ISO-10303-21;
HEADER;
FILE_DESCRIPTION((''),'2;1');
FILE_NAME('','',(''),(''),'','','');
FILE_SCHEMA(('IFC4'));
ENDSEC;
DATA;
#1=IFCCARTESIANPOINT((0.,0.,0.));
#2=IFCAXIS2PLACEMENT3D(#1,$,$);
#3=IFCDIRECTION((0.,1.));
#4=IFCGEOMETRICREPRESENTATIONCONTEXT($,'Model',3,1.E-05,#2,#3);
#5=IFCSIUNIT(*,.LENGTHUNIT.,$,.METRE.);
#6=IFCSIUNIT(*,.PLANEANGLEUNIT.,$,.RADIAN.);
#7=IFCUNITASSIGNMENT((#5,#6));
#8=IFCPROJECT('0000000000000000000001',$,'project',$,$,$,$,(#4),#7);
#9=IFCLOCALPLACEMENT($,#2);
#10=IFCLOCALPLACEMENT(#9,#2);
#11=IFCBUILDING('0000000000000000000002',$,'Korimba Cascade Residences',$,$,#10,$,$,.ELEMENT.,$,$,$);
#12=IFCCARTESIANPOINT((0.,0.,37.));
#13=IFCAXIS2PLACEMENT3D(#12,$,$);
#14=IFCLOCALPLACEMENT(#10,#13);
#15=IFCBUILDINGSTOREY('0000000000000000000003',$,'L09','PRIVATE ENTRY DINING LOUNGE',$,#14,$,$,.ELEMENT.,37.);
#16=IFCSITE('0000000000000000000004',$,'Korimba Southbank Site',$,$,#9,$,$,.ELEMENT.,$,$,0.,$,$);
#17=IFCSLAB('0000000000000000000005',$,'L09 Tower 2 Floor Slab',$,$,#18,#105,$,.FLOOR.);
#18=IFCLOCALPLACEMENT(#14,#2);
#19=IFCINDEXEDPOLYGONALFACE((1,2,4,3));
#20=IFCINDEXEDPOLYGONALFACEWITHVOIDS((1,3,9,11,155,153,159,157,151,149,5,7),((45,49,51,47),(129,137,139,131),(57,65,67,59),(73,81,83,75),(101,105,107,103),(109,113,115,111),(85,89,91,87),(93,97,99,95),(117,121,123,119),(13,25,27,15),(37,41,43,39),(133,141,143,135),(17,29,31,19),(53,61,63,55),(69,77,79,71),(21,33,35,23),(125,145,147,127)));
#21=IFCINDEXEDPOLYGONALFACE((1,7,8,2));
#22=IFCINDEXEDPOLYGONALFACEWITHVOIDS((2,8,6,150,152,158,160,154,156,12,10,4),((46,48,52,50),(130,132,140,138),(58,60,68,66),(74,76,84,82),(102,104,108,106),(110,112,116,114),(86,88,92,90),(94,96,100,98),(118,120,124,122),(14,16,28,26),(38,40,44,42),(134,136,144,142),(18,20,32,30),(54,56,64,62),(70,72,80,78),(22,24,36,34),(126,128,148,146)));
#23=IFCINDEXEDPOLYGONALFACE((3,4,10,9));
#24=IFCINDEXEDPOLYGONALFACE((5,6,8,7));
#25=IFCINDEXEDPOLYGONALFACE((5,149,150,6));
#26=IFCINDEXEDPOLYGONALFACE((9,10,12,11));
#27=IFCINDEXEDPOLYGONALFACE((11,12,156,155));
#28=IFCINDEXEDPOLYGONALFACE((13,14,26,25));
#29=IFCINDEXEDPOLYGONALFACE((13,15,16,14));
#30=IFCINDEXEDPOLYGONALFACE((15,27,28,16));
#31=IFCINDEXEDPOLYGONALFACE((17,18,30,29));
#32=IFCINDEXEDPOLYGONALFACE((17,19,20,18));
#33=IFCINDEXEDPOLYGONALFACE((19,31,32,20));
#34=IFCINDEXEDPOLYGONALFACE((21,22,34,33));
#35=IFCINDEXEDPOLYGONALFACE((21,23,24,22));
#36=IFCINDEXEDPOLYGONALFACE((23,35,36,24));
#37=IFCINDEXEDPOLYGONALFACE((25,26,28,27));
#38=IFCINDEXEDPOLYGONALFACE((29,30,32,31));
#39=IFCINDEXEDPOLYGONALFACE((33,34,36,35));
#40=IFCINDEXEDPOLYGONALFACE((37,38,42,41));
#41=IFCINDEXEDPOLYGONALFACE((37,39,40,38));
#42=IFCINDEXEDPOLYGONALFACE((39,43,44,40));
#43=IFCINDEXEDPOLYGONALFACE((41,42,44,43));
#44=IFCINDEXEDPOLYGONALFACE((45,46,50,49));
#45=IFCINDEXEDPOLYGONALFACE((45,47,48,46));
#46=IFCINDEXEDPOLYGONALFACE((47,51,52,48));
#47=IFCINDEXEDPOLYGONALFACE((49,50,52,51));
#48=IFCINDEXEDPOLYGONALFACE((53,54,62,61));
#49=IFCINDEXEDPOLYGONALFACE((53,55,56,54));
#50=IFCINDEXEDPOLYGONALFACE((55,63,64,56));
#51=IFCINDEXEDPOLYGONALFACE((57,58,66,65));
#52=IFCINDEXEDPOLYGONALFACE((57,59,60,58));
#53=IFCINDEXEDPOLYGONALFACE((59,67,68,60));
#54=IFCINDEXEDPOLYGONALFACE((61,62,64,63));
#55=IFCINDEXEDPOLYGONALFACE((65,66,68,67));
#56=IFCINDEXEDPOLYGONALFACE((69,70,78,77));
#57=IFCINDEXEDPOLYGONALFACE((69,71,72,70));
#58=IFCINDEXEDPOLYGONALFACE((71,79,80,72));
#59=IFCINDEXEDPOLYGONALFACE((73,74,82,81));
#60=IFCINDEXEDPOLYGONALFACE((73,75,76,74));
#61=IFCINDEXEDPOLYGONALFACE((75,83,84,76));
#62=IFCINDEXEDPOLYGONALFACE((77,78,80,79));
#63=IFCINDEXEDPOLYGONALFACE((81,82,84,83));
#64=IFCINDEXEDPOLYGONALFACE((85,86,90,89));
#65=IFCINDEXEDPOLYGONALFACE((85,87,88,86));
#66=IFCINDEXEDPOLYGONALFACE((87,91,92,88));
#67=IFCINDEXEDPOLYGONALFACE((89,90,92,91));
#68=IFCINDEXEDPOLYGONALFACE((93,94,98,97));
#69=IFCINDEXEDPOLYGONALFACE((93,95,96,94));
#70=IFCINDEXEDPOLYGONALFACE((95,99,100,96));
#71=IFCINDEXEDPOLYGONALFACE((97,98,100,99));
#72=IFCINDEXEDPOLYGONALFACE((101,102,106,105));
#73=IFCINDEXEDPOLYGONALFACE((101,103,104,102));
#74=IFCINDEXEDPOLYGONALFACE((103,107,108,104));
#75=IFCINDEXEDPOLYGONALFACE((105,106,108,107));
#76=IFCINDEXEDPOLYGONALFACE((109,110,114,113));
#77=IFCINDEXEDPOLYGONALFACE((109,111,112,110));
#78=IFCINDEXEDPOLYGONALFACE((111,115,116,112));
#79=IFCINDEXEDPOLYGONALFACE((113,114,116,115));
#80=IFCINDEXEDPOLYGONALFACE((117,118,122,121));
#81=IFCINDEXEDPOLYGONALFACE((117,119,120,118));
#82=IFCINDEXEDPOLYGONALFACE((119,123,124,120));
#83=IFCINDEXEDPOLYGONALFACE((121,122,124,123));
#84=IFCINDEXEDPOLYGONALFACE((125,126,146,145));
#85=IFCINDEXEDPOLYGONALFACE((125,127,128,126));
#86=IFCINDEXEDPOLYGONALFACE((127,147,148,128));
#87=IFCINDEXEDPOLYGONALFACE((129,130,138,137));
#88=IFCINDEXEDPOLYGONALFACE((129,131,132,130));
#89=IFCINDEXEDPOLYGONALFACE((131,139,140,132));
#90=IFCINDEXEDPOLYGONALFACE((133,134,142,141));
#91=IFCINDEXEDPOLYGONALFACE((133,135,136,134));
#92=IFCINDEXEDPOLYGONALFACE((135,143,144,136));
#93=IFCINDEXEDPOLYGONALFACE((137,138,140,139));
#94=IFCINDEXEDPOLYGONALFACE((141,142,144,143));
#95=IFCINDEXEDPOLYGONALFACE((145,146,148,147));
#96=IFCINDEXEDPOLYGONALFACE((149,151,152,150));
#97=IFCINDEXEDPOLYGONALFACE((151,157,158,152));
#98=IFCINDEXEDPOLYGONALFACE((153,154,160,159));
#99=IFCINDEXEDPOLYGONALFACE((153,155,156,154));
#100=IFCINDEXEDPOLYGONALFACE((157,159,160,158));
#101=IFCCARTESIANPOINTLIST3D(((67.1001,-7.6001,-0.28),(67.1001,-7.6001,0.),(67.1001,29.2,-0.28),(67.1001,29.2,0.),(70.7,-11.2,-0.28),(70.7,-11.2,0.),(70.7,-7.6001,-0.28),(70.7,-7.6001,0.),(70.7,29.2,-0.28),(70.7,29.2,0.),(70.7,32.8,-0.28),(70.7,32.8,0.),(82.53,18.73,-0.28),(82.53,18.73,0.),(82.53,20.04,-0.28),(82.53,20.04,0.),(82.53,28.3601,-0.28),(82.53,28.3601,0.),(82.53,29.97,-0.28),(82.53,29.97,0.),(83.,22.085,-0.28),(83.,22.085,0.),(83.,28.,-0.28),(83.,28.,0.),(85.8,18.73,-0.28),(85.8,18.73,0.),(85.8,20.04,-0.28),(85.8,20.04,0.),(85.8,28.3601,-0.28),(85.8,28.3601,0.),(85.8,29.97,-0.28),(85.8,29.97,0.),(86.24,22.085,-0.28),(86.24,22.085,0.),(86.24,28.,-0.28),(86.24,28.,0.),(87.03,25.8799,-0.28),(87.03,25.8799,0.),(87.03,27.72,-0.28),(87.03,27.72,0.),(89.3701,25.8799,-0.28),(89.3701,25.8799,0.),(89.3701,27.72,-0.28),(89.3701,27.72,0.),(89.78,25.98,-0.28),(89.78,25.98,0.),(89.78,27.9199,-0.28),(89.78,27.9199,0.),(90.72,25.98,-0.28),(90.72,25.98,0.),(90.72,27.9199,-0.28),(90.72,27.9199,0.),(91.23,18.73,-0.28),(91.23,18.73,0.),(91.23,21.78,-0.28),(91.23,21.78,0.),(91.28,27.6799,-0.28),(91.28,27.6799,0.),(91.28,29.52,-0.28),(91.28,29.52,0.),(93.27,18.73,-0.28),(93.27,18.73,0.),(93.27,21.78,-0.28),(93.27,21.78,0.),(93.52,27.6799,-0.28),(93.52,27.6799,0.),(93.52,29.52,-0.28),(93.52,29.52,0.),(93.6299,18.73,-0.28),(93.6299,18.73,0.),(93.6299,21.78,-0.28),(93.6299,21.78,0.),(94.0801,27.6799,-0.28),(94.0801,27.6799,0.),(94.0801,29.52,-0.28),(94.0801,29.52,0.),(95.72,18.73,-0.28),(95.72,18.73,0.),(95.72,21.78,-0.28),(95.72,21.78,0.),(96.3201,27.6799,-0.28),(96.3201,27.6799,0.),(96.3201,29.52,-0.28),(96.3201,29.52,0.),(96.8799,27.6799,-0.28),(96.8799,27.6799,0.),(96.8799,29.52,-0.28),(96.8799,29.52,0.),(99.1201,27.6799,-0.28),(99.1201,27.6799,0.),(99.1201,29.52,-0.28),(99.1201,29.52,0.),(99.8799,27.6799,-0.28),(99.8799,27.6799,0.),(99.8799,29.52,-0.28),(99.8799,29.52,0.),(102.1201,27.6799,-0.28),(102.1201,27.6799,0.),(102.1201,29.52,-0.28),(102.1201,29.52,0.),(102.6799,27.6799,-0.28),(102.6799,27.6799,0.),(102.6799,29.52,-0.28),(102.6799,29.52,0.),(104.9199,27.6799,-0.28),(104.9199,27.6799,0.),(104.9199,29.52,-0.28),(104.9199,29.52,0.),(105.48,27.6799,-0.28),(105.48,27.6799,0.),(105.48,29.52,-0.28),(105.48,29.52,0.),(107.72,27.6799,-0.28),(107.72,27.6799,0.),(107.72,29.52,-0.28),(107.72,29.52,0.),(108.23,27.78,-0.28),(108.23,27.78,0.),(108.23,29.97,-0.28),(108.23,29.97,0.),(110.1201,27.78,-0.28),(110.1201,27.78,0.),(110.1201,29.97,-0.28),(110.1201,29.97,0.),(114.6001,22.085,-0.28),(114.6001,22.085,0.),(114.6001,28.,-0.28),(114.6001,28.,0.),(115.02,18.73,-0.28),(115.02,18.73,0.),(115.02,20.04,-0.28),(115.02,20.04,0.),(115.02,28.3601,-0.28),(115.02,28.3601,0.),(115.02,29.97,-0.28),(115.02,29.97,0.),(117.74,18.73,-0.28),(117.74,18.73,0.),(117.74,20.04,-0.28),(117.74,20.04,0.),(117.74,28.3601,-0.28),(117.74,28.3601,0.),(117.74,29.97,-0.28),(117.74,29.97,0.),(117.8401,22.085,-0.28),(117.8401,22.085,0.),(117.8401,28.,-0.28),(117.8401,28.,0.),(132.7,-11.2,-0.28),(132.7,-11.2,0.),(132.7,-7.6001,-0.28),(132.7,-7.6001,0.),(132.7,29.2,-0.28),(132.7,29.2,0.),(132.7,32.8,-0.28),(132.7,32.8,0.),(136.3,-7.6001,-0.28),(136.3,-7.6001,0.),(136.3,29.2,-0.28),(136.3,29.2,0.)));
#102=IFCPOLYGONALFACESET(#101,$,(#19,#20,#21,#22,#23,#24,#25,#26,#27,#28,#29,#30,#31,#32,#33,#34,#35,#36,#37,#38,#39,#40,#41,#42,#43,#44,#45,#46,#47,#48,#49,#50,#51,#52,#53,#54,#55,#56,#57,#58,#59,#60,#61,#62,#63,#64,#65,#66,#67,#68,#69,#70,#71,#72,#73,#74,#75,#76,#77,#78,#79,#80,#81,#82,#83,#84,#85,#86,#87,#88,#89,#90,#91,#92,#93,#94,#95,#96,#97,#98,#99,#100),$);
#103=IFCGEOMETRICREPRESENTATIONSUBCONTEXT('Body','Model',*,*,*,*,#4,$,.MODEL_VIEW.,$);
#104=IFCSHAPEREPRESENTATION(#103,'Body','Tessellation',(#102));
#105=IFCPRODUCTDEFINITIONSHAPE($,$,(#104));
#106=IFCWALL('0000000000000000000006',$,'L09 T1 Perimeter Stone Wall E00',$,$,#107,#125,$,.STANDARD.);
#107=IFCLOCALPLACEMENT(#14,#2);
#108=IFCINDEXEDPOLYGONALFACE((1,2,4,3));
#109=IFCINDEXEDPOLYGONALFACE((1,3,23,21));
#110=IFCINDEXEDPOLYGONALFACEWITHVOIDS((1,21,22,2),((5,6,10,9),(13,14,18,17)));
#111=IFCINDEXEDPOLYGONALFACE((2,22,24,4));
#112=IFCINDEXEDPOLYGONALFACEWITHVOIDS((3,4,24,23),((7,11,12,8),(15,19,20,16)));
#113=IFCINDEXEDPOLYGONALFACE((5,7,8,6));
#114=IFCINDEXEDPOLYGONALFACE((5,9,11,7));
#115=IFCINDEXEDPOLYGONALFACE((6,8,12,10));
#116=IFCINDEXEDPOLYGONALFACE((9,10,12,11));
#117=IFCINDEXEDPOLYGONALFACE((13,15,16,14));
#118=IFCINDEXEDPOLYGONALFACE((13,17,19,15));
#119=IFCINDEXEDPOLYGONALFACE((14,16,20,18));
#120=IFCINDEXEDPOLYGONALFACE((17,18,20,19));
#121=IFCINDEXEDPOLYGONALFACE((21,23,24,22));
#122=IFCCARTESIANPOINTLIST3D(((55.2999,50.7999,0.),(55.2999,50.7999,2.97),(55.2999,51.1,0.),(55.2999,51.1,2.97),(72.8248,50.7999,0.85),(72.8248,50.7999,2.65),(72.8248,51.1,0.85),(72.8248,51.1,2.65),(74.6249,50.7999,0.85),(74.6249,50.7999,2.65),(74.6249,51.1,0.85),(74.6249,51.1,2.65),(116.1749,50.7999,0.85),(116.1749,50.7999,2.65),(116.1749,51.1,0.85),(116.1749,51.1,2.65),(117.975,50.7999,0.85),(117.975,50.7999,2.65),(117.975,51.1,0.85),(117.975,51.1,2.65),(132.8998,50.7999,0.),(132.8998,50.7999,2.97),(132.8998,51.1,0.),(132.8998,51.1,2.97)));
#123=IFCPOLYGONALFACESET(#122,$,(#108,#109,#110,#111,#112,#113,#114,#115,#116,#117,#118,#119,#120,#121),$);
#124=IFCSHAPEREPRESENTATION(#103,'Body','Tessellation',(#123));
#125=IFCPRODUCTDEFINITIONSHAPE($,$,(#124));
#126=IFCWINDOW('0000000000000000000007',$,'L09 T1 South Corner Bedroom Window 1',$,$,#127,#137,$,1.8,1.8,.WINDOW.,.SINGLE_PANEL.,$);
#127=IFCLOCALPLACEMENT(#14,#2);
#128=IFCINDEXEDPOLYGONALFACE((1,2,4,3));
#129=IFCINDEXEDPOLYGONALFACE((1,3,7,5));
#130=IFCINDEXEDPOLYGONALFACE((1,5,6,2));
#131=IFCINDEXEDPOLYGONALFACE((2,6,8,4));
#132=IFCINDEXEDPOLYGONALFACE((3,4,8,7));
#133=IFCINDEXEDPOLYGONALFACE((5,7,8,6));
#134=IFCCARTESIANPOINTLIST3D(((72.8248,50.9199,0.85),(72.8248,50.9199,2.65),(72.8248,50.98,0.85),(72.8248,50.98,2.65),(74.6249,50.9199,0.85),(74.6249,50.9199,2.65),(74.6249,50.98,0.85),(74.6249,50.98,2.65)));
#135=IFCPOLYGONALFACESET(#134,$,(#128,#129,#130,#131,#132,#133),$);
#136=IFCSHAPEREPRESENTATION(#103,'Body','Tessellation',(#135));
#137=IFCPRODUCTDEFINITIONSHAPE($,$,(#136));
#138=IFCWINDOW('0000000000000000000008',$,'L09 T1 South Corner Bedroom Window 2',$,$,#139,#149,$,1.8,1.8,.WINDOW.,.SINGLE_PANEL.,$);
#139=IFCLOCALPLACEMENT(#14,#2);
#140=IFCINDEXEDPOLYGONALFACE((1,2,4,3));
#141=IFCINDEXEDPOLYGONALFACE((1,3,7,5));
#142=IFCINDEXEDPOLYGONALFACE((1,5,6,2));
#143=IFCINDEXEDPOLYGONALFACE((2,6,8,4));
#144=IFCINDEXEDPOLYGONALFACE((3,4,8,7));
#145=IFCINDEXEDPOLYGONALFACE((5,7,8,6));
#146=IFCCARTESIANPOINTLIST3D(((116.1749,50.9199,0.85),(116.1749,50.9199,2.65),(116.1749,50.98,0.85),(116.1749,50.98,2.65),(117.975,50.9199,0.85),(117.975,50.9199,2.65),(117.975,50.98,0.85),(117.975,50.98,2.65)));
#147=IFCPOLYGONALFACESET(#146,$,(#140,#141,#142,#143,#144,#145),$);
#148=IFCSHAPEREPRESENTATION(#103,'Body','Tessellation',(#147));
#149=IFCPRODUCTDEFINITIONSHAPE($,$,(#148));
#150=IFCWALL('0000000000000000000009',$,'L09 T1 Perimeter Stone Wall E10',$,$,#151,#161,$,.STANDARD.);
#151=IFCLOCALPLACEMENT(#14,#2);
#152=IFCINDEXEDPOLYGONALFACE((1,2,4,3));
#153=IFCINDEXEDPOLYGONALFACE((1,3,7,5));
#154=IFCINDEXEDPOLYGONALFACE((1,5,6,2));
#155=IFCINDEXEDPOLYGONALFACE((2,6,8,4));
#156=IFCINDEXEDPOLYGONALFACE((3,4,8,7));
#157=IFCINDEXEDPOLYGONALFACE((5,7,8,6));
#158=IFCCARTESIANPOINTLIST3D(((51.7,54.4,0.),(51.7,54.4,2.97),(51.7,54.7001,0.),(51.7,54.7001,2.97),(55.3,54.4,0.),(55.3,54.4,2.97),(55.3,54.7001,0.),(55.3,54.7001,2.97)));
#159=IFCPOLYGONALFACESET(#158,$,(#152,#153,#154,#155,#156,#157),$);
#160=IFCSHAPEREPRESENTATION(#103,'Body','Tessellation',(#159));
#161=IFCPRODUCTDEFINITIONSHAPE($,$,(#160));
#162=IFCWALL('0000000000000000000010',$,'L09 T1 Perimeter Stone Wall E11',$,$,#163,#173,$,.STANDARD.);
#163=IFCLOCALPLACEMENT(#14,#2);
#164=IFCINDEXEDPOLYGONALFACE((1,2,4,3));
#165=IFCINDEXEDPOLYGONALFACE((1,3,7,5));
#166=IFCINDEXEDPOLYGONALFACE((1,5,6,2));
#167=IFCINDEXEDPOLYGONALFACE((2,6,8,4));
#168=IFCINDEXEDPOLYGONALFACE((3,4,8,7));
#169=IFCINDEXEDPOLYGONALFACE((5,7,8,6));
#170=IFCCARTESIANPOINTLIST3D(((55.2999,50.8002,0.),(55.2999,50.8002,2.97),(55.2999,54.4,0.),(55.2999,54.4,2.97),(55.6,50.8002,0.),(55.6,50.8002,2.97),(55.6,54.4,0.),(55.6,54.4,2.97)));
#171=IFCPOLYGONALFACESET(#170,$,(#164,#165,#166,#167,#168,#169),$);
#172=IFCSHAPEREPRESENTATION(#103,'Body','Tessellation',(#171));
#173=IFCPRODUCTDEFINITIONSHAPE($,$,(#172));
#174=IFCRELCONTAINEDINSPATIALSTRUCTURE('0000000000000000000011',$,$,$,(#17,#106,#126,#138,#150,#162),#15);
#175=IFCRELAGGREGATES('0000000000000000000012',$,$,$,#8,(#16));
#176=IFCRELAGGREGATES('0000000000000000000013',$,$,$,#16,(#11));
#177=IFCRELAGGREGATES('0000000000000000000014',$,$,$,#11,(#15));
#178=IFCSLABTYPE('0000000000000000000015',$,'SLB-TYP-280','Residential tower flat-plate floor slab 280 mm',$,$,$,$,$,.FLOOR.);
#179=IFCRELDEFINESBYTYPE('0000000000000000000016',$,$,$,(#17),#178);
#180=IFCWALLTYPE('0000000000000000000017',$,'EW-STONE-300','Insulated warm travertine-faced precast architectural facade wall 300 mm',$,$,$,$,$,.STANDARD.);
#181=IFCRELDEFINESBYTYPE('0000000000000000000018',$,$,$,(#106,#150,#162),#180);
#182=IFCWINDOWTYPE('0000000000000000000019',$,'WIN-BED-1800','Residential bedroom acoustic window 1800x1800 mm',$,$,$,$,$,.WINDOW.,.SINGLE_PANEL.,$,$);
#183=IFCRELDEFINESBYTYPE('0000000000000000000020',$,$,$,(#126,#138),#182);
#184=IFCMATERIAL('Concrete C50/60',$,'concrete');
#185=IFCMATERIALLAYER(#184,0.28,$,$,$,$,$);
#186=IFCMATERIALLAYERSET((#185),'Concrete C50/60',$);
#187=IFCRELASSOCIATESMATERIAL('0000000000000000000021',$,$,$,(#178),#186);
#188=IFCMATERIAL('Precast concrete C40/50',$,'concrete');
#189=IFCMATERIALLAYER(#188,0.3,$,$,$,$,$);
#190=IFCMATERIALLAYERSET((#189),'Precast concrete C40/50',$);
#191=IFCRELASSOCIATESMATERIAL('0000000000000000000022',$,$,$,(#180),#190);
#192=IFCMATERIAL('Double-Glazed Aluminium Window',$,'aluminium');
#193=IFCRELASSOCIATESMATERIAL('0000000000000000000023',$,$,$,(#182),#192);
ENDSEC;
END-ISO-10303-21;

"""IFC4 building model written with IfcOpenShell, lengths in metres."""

from ifc_helpers import new_model, si_unit, direction, frame, frame_2d, origin, place, context, subcontext, project, spatial, polyline, rectangle, outline, extrude, material, layer, layer_set, type_object, element, fill, save


model = new_model("IFC4")

# Units and contexts
model_context = context("Model", 3, precision=1e-05, world=origin(), true_north=direction((0.0, 1.0)))
body_context = subcontext(model_context, "Body", "Model", "MODEL_VIEW")
ifc_project = project(units=[si_unit("LENGTHUNIT", "METRE"), si_unit("PLANEANGLEUNIT", "RADIAN")], contexts=[model_context])

# Site, building, storey
site_placement = place(None, origin())
site = spatial("IfcSite", under=ifc_project, at=site_placement, Name="Korimba Southbank Site", CompositionType="ELEMENT", RefElevation=0.0)
building_placement = place(site_placement, origin())
building = spatial("IfcBuilding", under=site, at=building_placement, Name="Korimba Cascade Residences", CompositionType="ELEMENT")
storey_placement = place(building_placement, frame((0.0, 0.0, 37.0)))
storey = spatial("IfcBuildingStorey", under=building, at=storey_placement, Name="L09", Description="PRIVATE ENTRY DINING LOUNGE", CompositionType="ELEMENT", Elevation=37.0)

# Shared definitions
ifc_material_1 = material(Name="Concrete C50/60", Category="concrete")

# Slab
ifc_material_2 = material(Name="Precast concrete C40/50", Category="concrete")
ifc_layer_1 = layer(ifc_material_1, 0.28)
ifc_layer_set_1 = layer_set([ifc_layer_1], Name="Concrete C50/60")
slab_type_1 = type_object("IfcSlabType", Name="SLB-TYP-280", Description="Residential tower flat-plate floor slab 280 mm", PredefinedType="FLOOR", material=ifc_layer_set_1)
slab_1_placement = place(storey_placement, frame((0.0, 0.0, -0.28)))
element("IfcSlab", 1, at=slab_1_placement, inside=storey, type_object=slab_type_1, Name="L09 Tower 2 Floor Slab", PredefinedType="FLOOR", context=body_context, shape_type="SweptSolid", body=[
    extrude(outline(polyline([(70.7, -11.2), (132.7, -11.2), (132.7, -7.6001), (136.3, -7.6001), (136.3, 29.2), (132.7, 29.2), (132.7, 32.8), (70.7, 32.8), (70.7, 29.2), (67.1001, 29.2), (67.1001, -7.6001), (70.7, -7.6001), (70.7, -11.2)]), holes=[polyline([(86.24, 22.085), (86.24, 28.0), (83.0, 28.0), (83.0, 22.085), (86.24, 22.085)]), polyline([(117.8401, 22.085), (117.8401, 28.0), (114.6001, 28.0), (114.6001, 22.085), (117.8401, 22.085)]), polyline([(87.03, 25.8799), (89.3701, 25.8799), (89.3701, 27.72), (87.03, 27.72), (87.03, 25.8799)]), polyline([(91.28, 27.6799), (93.52, 27.6799), (93.52, 29.52), (91.28, 29.52), (91.28, 27.6799)]), polyline([(94.0801, 27.6799), (96.3201, 27.6799), (96.3201, 29.52), (94.0801, 29.52), (94.0801, 27.6799)]), polyline([(96.8799, 27.6799), (99.1201, 27.6799), (99.1201, 29.52), (96.8799, 29.52), (96.8799, 27.6799)]), polyline([(99.8799, 27.6799), (102.1201, 27.6799), (102.1201, 29.52), (99.8799, 29.52), (99.8799, 27.6799)]), polyline([(102.6799, 27.6799), (104.9199, 27.6799), (104.9199, 29.52), (102.6799, 29.52), (102.6799, 27.6799)]), polyline([(105.48, 27.6799), (107.72, 27.6799), (107.72, 29.52), (105.48, 29.52), (105.48, 27.6799)]), polyline([(89.78, 25.98), (90.72, 25.98), (90.72, 27.9199), (89.78, 27.9199), (89.78, 25.98)]), polyline([(82.53, 18.73), (85.8, 18.73), (85.8, 20.04), (82.53, 20.04), (82.53, 18.73)]), polyline([(82.53, 28.3601), (85.8, 28.3601), (85.8, 29.97), (82.53, 29.97), (82.53, 28.3601)]), polyline([(108.23, 27.78), (110.1201, 27.78), (110.1201, 29.97), (108.23, 29.97), (108.23, 27.78)]), polyline([(91.23, 18.73), (93.27, 18.73), (93.27, 21.78), (91.23, 21.78), (91.23, 18.73)]), polyline([(93.6299, 18.73), (95.72, 18.73), (95.72, 21.78), (93.6299, 21.78), (93.6299, 18.73)]), polyline([(115.02, 18.73), (117.74, 18.73), (117.74, 20.04), (115.02, 20.04), (115.02, 18.73)]), polyline([(115.02, 28.3601), (117.74, 28.3601), (117.74, 29.97), (115.02, 29.97), (115.02, 28.3601)])]), origin(), (0.0, 0.0, 1.0), 0.28),
])

# Wall, openings, windows
ifc_layer_2 = layer(ifc_material_2, 0.3)
ifc_layer_set_2 = layer_set([ifc_layer_2], Name="Precast concrete C40/50")
wall_type_1 = type_object("IfcWallType", Name="EW-STONE-300", Description="Insulated warm travertine-faced precast architectural facade wall 300 mm", PredefinedType="STANDARD", material=ifc_layer_set_2)
wall_1_placement = place(storey_placement, frame((55.3, 50.95, 0.0), z_axis=(0.0, 0.0, 1.0), x_axis=(1.0, 0.0, 0.0)))
wall_1 = element("IfcWall", 2, at=wall_1_placement, inside=storey, type_object=wall_type_1, Name="L09 T1 Perimeter Stone Wall E00", PredefinedType="STANDARD", context=body_context, shape_type="SweptSolid", body=[
    extrude(rectangle(XDim=77.5999, YDim=0.3, at=frame_2d((38.7998, 0.0))), origin(), (0.0, 0.0, 1.0), 2.97),
])
opening_1_placement = place(wall_1_placement, frame((17.5249, 0.0, 0.8501)))
opening_1 = element("IfcOpeningElement", 3, at=opening_1_placement, cuts=wall_1, PredefinedType="OPENING", context=body_context, shape_type="SweptSolid", body=[
    extrude(rectangle(XDim=1.8, YDim=1.8, at=frame_2d((0.8999, 0.8999))), frame((0.0, 0.1602, 0.0), z_axis=(0.0, -1.0, 0.0), x_axis=(1.0, 0.0, 0.0)), (0.0, 0.0, 1.0), 0.3201),
])
opening_2_placement = place(wall_1_placement, frame((60.875, 0.0, 0.8501)))
opening_2 = element("IfcOpeningElement", 4, at=opening_2_placement, cuts=wall_1, PredefinedType="OPENING", context=body_context, shape_type="SweptSolid", body=[
    extrude(rectangle(XDim=1.8, YDim=1.8, at=frame_2d((0.8999, 0.8999))), frame((0.0, 0.1602, 0.0), z_axis=(0.0, -1.0, 0.0), x_axis=(1.0, 0.0, 0.0)), (0.0, 0.0, 1.0), 0.3201),
])
ifc_material_3 = material(Name="Double-Glazed Aluminium Window", Category="aluminium")
window_type = type_object("IfcWindowType", Name="WIN-BED-1800", Description="Residential bedroom acoustic window 1800x1800 mm", PartitioningType="SINGLE_PANEL", PredefinedType="WINDOW", material=ifc_material_3)
window_1_placement = place(opening_1_placement, origin())
window_1 = element("IfcWindow", 5, at=window_1_placement, inside=storey, type_object=window_type, Name="L09 T1 South Corner Bedroom Window 1", OverallHeight=1.8, OverallWidth=1.8, PartitioningType="SINGLE_PANEL", PredefinedType="WINDOW", context=body_context, shape_type="SweptSolid", body=[
    extrude(rectangle(XDim=1.8, YDim=1.8, at=frame_2d((0.8999, 0.8999))), frame((0.0, 0.03, 0.0), z_axis=(0.0, -1.0, 0.0), x_axis=(1.0, 0.0, 0.0)), (0.0, 0.0, 1.0), 0.0601),
])
fill(opening_1, window_1)
window_2_placement = place(opening_2_placement, origin())
window_2 = element("IfcWindow", 6, at=window_2_placement, inside=storey, type_object=window_type, Name="L09 T1 South Corner Bedroom Window 2", OverallHeight=1.8, OverallWidth=1.8, PartitioningType="SINGLE_PANEL", PredefinedType="WINDOW", context=body_context, shape_type="SweptSolid", body=[
    extrude(rectangle(XDim=1.8, YDim=1.8, at=frame_2d((0.8999, 0.8999))), frame((0.0, 0.03, 0.0), z_axis=(0.0, -1.0, 0.0), x_axis=(1.0, 0.0, 0.0)), (0.0, 0.0, 1.0), 0.0601),
])
fill(opening_2, window_2)

# Walls
wall_2_placement = place(storey_placement, frame((51.7, 54.55, 0.0), z_axis=(0.0, 0.0, 1.0), x_axis=(1.0, 0.0, 0.0)))
element("IfcWall", 7, at=wall_2_placement, inside=storey, type_object=wall_type_1, Name="L09 T1 Perimeter Stone Wall E10", PredefinedType="STANDARD", context=body_context, shape_type="SweptSolid", body=[
    extrude(rectangle(XDim=3.6001, YDim=0.3, at=frame_2d((1.8, 0.0))), origin(), (0.0, 0.0, 1.0), 2.97),
])
wall_3_placement = place(storey_placement, frame((55.45, 54.3999, 0.0), z_axis=(0.0, 0.0, 1.0), x_axis=(0.0, -1.0, 0.0)))
element("IfcWall", 8, at=wall_3_placement, inside=storey, type_object=wall_type_1, Name="L09 T1 Perimeter Stone Wall E11", PredefinedType="STANDARD", context=body_context, shape_type="SweptSolid", body=[
    extrude(rectangle(XDim=3.5999, YDim=0.3, at=frame_2d((1.7998, 0.0))), origin(), (0.0, 0.0, 1.0), 2.97),
])

save(model, "model.ifc")
